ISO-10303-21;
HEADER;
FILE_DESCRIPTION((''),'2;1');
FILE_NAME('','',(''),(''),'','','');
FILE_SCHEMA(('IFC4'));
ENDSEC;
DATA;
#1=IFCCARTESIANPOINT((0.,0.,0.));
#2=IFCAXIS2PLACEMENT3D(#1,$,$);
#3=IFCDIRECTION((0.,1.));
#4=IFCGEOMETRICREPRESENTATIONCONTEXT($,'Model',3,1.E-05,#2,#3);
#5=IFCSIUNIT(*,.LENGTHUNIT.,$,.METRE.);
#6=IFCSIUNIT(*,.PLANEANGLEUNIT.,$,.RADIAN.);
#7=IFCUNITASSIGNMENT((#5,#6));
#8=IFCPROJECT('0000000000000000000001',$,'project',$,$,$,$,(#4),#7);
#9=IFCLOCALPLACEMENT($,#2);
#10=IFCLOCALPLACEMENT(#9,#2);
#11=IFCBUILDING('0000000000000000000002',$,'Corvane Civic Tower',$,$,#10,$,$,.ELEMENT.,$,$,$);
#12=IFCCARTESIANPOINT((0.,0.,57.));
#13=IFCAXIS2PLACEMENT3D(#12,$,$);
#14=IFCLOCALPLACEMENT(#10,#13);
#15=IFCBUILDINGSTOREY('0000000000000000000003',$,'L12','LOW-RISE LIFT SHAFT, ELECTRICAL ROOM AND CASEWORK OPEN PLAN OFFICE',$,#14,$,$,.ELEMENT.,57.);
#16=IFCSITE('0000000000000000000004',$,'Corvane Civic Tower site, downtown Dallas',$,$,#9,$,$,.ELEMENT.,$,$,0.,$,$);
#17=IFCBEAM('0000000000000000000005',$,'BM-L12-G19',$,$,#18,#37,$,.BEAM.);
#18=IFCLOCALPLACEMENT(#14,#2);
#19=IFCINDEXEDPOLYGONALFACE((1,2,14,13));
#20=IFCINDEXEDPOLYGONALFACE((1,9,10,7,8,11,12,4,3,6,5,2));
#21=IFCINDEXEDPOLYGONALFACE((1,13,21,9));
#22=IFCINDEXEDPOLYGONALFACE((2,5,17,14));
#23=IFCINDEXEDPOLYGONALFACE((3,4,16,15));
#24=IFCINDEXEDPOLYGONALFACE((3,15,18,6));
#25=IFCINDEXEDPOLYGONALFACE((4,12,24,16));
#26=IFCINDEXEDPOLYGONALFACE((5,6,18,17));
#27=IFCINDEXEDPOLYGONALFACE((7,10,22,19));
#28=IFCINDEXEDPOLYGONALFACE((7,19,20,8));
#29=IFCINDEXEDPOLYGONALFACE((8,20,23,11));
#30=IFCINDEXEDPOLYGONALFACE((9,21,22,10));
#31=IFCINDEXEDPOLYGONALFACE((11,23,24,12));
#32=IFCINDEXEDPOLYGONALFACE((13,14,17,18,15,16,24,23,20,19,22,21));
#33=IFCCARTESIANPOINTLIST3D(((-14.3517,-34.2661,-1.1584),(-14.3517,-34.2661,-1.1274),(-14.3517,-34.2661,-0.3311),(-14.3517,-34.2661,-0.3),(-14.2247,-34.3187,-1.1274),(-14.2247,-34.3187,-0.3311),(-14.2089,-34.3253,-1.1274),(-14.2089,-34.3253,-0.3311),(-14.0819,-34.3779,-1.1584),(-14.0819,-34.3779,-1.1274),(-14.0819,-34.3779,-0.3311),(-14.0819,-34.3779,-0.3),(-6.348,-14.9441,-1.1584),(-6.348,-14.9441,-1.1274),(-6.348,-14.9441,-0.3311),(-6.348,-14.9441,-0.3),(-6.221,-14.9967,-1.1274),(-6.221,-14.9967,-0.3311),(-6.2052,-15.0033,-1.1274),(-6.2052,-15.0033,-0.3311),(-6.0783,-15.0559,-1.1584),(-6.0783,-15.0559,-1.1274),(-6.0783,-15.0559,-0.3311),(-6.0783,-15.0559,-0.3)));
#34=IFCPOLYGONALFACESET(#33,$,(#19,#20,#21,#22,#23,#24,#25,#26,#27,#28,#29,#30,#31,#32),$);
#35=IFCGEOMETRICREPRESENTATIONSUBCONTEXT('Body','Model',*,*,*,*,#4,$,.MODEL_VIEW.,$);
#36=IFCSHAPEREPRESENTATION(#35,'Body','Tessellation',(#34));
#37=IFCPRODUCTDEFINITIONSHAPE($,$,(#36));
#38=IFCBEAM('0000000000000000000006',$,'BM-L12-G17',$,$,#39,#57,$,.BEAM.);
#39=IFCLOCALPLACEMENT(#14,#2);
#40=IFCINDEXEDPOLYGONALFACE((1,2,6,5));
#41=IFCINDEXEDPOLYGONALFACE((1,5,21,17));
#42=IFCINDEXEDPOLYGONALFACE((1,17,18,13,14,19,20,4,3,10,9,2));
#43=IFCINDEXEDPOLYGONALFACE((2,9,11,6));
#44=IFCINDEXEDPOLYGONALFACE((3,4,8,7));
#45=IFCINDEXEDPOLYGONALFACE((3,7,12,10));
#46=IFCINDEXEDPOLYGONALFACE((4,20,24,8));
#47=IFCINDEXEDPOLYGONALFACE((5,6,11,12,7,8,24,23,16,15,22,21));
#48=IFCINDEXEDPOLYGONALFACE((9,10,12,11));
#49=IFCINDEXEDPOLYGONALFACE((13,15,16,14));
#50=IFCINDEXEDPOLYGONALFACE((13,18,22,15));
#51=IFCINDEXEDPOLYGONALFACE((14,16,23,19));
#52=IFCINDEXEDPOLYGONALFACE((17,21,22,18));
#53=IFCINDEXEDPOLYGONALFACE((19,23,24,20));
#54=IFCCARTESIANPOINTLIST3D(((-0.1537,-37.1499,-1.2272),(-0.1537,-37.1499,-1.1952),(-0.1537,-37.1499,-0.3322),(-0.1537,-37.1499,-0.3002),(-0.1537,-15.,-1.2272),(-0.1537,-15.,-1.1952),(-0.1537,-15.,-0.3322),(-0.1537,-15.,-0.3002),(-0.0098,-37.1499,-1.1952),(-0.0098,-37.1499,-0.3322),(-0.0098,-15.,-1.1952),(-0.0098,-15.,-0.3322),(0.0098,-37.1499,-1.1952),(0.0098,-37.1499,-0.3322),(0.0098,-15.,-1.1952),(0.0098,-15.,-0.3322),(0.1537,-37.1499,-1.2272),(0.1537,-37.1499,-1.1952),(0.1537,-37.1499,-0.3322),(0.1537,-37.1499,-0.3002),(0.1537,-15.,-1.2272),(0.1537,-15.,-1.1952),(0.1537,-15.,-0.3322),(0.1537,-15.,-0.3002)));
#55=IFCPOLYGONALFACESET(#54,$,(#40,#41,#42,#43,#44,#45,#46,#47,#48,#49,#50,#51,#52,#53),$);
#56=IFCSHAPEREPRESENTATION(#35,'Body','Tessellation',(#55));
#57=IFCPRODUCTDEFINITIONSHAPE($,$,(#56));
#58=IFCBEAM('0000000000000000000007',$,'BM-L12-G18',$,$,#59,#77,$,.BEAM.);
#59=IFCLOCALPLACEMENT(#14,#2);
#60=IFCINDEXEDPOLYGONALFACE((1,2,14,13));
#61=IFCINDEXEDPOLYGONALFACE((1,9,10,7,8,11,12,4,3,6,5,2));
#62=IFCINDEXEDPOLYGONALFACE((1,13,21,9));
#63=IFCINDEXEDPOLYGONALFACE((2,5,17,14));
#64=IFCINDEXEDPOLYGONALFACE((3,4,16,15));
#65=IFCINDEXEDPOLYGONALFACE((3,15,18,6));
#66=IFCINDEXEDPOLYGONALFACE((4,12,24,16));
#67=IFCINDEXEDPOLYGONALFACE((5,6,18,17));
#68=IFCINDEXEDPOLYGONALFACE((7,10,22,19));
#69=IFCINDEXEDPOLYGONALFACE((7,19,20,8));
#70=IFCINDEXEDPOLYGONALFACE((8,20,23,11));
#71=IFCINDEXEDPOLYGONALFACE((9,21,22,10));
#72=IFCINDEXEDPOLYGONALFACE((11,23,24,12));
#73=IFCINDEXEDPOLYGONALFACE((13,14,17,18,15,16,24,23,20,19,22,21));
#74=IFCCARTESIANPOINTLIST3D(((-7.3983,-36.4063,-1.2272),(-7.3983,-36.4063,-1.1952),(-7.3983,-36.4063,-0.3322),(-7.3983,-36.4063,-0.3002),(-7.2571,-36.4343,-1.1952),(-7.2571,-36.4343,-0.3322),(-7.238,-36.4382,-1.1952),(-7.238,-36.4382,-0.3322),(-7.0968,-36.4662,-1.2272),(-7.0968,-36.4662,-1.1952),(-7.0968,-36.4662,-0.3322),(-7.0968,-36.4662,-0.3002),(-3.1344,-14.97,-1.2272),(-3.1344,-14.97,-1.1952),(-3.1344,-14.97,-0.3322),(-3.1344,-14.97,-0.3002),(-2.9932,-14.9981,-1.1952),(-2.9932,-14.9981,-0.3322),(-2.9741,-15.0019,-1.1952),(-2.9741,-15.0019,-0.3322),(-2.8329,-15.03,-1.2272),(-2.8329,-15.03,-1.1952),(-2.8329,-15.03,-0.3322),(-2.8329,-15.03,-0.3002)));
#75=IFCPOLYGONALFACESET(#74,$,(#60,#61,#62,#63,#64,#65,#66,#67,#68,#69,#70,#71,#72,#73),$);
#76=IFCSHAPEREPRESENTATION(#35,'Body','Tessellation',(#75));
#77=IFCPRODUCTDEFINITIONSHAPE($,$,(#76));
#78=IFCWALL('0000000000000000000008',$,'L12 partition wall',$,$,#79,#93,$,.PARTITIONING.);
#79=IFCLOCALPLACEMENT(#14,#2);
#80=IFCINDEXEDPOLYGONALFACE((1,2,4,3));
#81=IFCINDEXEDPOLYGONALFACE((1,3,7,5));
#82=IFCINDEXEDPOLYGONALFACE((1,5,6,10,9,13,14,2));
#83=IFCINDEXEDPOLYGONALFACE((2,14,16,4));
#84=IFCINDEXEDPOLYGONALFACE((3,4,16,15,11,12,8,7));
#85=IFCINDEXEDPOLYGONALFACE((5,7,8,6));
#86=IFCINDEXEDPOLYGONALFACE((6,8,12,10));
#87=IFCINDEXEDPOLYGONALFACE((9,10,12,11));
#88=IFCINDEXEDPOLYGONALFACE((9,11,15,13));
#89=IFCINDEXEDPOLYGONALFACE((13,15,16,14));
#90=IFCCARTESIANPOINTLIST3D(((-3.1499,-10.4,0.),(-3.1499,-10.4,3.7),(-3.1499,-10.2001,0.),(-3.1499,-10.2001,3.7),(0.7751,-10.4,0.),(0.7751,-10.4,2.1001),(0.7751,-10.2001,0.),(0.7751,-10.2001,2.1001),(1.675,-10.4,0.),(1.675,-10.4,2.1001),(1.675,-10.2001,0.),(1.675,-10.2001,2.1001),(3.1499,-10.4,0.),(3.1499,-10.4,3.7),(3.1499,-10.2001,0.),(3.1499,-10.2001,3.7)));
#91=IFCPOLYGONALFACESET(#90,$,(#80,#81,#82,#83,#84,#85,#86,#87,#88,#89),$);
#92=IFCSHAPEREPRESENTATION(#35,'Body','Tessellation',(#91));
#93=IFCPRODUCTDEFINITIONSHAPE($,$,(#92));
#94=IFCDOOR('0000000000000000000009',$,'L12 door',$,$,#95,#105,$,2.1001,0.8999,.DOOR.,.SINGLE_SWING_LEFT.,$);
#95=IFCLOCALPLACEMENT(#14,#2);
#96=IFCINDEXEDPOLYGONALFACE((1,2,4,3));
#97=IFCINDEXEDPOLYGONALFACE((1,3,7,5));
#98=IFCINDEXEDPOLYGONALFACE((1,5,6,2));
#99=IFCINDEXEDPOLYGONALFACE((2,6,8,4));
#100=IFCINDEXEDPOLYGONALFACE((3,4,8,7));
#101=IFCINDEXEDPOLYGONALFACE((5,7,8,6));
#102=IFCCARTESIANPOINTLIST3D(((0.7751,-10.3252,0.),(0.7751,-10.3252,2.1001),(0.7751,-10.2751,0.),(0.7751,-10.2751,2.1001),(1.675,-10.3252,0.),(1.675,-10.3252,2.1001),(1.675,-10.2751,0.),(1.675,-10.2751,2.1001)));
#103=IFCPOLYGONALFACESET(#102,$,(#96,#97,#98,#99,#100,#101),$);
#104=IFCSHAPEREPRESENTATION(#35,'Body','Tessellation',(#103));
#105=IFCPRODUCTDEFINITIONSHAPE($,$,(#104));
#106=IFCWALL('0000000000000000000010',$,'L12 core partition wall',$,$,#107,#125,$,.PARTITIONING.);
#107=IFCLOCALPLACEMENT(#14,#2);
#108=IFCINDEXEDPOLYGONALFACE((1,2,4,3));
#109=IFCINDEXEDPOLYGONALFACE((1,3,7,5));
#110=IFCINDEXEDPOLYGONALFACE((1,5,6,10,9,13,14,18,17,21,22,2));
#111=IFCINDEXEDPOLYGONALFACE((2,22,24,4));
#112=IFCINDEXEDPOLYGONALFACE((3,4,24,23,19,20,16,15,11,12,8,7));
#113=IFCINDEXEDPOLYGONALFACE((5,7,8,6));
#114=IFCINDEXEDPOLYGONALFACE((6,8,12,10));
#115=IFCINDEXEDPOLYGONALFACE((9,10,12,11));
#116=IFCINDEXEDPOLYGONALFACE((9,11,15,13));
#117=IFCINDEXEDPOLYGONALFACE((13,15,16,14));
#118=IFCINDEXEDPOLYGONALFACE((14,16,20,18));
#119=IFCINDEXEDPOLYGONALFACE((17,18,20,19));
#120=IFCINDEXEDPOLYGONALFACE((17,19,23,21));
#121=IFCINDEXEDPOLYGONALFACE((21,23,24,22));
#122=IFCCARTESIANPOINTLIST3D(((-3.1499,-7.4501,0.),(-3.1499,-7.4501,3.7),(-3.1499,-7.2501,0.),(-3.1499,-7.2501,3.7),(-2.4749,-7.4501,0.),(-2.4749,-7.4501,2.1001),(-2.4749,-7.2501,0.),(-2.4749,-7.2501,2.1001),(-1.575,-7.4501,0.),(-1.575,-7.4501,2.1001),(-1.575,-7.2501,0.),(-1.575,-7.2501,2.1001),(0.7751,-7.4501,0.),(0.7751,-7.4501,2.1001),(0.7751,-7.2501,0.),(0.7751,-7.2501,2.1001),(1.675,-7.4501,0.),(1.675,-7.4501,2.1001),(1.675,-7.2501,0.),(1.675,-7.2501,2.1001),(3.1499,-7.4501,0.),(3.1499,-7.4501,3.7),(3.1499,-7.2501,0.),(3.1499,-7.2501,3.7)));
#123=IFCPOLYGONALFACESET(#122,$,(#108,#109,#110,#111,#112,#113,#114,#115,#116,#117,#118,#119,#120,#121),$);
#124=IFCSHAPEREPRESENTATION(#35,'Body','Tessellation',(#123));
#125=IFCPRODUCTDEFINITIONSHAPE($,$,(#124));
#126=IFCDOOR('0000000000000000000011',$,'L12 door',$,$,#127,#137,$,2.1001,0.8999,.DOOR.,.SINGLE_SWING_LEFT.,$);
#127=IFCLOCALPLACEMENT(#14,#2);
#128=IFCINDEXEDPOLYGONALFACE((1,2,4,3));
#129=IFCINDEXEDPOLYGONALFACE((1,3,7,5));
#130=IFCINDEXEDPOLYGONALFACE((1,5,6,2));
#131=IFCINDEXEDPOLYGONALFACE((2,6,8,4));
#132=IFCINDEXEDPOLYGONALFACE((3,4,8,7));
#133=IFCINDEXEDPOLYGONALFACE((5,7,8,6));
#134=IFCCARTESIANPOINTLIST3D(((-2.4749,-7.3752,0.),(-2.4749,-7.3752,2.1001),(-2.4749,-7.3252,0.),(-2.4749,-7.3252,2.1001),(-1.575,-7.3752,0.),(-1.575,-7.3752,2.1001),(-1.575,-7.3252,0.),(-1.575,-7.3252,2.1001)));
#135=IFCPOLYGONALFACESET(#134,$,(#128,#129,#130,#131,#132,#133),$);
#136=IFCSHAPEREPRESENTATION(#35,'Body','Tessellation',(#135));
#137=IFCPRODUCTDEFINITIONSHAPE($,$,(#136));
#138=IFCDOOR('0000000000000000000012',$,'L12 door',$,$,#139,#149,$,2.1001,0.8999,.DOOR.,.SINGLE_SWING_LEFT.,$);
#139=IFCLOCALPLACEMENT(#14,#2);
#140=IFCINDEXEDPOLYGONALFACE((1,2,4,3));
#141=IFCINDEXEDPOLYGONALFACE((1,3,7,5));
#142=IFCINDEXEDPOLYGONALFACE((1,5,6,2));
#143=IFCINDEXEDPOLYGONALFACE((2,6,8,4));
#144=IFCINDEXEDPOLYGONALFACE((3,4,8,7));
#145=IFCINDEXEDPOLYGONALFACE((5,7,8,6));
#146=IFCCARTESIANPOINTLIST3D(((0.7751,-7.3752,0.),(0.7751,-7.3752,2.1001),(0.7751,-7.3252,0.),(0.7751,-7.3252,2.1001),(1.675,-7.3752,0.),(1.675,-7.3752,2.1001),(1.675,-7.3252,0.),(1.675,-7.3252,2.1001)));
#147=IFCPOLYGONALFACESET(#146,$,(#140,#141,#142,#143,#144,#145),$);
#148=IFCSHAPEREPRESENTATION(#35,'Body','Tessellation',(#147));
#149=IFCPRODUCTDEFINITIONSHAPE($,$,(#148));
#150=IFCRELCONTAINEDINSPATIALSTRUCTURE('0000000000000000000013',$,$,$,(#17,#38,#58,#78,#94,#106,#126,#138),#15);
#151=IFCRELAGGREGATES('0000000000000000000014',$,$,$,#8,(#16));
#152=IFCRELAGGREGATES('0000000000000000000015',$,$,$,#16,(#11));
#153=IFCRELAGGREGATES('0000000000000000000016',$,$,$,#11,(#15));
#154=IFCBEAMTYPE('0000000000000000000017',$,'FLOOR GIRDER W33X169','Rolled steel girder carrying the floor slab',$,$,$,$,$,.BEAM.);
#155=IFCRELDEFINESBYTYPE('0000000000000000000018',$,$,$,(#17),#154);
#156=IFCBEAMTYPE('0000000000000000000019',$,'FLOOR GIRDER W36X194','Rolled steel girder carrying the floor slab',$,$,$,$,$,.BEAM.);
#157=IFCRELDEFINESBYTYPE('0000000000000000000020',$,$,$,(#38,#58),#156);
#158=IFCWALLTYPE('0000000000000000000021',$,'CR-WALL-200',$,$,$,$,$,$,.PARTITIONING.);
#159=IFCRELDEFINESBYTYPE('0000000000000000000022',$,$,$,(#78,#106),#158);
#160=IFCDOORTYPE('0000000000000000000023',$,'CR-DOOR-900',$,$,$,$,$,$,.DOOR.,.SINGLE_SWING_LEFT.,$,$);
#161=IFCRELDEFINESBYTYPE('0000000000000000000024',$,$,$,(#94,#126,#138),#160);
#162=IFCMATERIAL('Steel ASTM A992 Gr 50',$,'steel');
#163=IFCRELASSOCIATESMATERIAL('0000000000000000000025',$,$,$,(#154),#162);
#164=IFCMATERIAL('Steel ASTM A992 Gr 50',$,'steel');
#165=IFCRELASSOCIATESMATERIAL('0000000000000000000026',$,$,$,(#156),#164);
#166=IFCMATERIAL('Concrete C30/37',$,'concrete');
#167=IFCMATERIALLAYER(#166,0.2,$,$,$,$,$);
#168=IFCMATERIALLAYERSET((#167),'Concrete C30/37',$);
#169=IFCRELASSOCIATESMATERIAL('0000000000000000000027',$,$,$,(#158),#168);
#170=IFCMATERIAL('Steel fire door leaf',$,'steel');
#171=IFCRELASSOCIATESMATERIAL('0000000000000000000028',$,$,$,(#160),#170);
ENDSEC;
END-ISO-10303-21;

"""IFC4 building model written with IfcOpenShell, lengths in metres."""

from ifc_helpers import new_model, si_unit, direction, frame, frame_2d, origin, origin_2d, place, context, subcontext, project, spatial, rectangle, i_section, extrude, material, layer, layer_set, material_profile, profile_set, type_object, element, fill, save


model = new_model("IFC4")

# Units and contexts
model_context = context("Model", 3, precision=1e-05, world=origin(), true_north=direction((0.0, 1.0)))
body_context = subcontext(model_context, "Body", "Model", "MODEL_VIEW")
ifc_project = project(units=[si_unit("LENGTHUNIT", "METRE"), si_unit("PLANEANGLEUNIT", "RADIAN")], contexts=[model_context])

# Site, building, storey
site_placement = place(None, origin())
site = spatial("IfcSite", under=ifc_project, at=site_placement, Name="Corvane Civic Tower site, downtown Dallas", CompositionType="ELEMENT", RefElevation=0.0)
building_placement = place(site_placement, origin())
building = spatial("IfcBuilding", under=site, at=building_placement, Name="Corvane Civic Tower", CompositionType="ELEMENT")
storey_placement = place(building_placement, frame((0.0, 0.0, 57.0)))
storey = spatial("IfcBuildingStorey", under=building, at=storey_placement, Name="L12", Description="LOW-RISE LIFT SHAFT, ELECTRICAL ROOM AND CASEWORK OPEN PLAN OFFICE", CompositionType="ELEMENT", Elevation=57.0)

# Beams
ifc_material_1 = material(Name="Steel ASTM A992 Gr 50", Category="steel")
ifc_material_profile_1 = material_profile(ifc_material_1, i_section(OverallWidth=0.292, OverallDepth=0.8584, WebThickness=0.0171, FlangeThickness=0.031, at=origin_2d()), Name="W33X169")
ifc_profile_set_1 = profile_set([ifc_material_profile_1], Name="Steel ASTM A992 Gr 50")
beam_type_1 = type_object("IfcBeamType", Name="FLOOR GIRDER W33X169", Description="Rolled steel girder carrying the floor slab", PredefinedType="BEAM", material=ifc_profile_set_1)
beam_1_placement = place(storey_placement, frame((-6.2131, -15.0, -0.7292), z_axis=(-0.382692, -0.923876, 0.0), x_axis=(0.923876, -0.382692, 0.0)))
element("IfcBeam", 1, at=beam_1_placement, inside=storey, type_object=beam_type_1, Name="BM-L12-G19", PredefinedType="BEAM", context=body_context, shape_type="SweptSolid", body=[
    extrude(i_section(OverallWidth=0.292, OverallDepth=0.8584, WebThickness=0.0171, FlangeThickness=0.031, at=origin_2d()), origin(), (0.0, 0.0, 1.0), 20.9141),
])
ifc_material_2 = material(Name="Steel ASTM A992 Gr 50", Category="steel")
ifc_material_profile_2 = material_profile(ifc_material_2, i_section(OverallWidth=0.3074, OverallDepth=0.927, WebThickness=0.0195, FlangeThickness=0.032, at=origin_2d()), Name="W36X194")
ifc_profile_set_2 = profile_set([ifc_material_profile_2], Name="Steel ASTM A992 Gr 50")
beam_type_2 = type_object("IfcBeamType", Name="FLOOR GIRDER W36X194", Description="Rolled steel girder carrying the floor slab", PredefinedType="BEAM", material=ifc_profile_set_2)
beam_2_placement = place(storey_placement, frame((0.0, -15.0, -0.7637), z_axis=(0.0, -1.0, 0.0), x_axis=(1.0, 0.0, 0.0)))
element("IfcBeam", 2, at=beam_2_placement, inside=storey, type_object=beam_type_2, Name="BM-L12-G17", PredefinedType="BEAM", context=body_context, shape_type="SweptSolid", body=[
    extrude(i_section(OverallWidth=0.3074, OverallDepth=0.927, WebThickness=0.0195, FlangeThickness=0.032, at=origin_2d()), origin(), (0.0, 0.0, 1.0), 22.1499),
])
beam_3_placement = place(storey_placement, frame((-2.9836, -15.0, -0.7637), z_axis=(-0.195089, -0.980785, 0.0), x_axis=(0.980785, -0.195089, 0.0)))
element("IfcBeam", 3, at=beam_3_placement, inside=storey, type_object=beam_type_2, Name="BM-L12-G18", PredefinedType="BEAM", context=body_context, shape_type="SweptSolid", body=[
    extrude(i_section(OverallWidth=0.3074, OverallDepth=0.927, WebThickness=0.0195, FlangeThickness=0.032, at=origin_2d()), origin(), (0.0, 0.0, 1.0), 21.8562),
])

# Wall, opening, door
ifc_material_3 = material(Name="Concrete C30/37", Category="concrete")
ifc_layer_1 = layer(ifc_material_3, 0.2)
ifc_layer_set_1 = layer_set([ifc_layer_1], Name="Concrete C30/37")
wall_type = type_object("IfcWallType", Name="CR-WALL-200", PredefinedType="PARTITIONING", material=ifc_layer_set_1)
wall_1_placement = place(storey_placement, frame((-3.1499, -10.3, 0.0), z_axis=(0.0, 0.0, 1.0), x_axis=(1.0, 0.0, 0.0)))
wall_1 = element("IfcWall", 4, at=wall_1_placement, inside=storey, type_object=wall_type, Name="L12 partition wall", PredefinedType="PARTITIONING", context=body_context, shape_type="SweptSolid", body=[
    extrude(rectangle(XDim=6.2998, YDim=0.2, at=frame_2d((3.1499, 0.0))), origin(), (0.0, 0.0, 1.0), 3.7),
])
opening_1_placement = place(wall_1_placement, frame((3.925, 0.0, 0.0)))
opening_1 = element("IfcOpeningElement", 5, at=opening_1_placement, cuts=wall_1, PredefinedType="OPENING", context=body_context, shape_type="SweptSolid", body=[
    extrude(rectangle(XDim=0.8999, YDim=2.1001, at=frame_2d((0.45, 1.05))), frame((0.0, 0.1099, 0.0), z_axis=(0.0, -1.0, 0.0), x_axis=(1.0, 0.0, 0.0)), (0.0, 0.0, 1.0), 0.22),
])
ifc_material_4 = material(Name="Steel fire door leaf", Category="steel")
door_type_1 = type_object("IfcDoorType", Name="CR-DOOR-900", OperationType="SINGLE_SWING_LEFT", PredefinedType="DOOR", material=ifc_material_4)
door_1_placement = place(opening_1_placement, origin())
door_1 = element("IfcDoor", 6, at=door_1_placement, inside=storey, type_object=door_type_1, Name="L12 door", OperationType="SINGLE_SWING_LEFT", OverallHeight=2.1001, OverallWidth=0.8999, PredefinedType="DOOR", context=body_context, shape_type="SweptSolid", body=[
    extrude(rectangle(XDim=0.8999, YDim=2.1001, at=frame_2d((0.45, 1.05))), frame((0.0, 0.0249, 0.0), z_axis=(0.0, -1.0, 0.0), x_axis=(1.0, 0.0, 0.0)), (0.0, 0.0, 1.0), 0.05),
])
fill(opening_1, door_1)

# Wall, openings, doors
wall_2_placement = place(storey_placement, frame((-3.1499, -7.3501, 0.0), z_axis=(0.0, 0.0, 1.0), x_axis=(1.0, 0.0, 0.0)))
wall_2 = element("IfcWall", 7, at=wall_2_placement, inside=storey, type_object=wall_type, Name="L12 core partition wall", PredefinedType="PARTITIONING", context=body_context, shape_type="SweptSolid", body=[
    extrude(rectangle(XDim=6.2998, YDim=0.2, at=frame_2d((3.1499, 0.0))), origin(), (0.0, 0.0, 1.0), 3.7),
])
opening_2_placement = place(wall_2_placement, frame((0.675, 0.0, 0.0)))
opening_2 = element("IfcOpeningElement", 8, at=opening_2_placement, cuts=wall_2, PredefinedType="OPENING", context=body_context, shape_type="SweptSolid", body=[
    extrude(rectangle(XDim=0.8999, YDim=2.1001, at=frame_2d((0.45, 1.05))), frame((0.0, 0.1099, 0.0), z_axis=(0.0, -1.0, 0.0), x_axis=(1.0, 0.0, 0.0)), (0.0, 0.0, 1.0), 0.22),
])
opening_3_placement = place(wall_2_placement, frame((3.925, 0.0, 0.0)))
opening_3 = element("IfcOpeningElement", 9, at=opening_3_placement, cuts=wall_2, PredefinedType="OPENING", context=body_context, shape_type="SweptSolid", body=[
    extrude(rectangle(XDim=0.8999, YDim=2.1001, at=frame_2d((0.45, 1.05))), frame((0.0, 0.1099, 0.0), z_axis=(0.0, -1.0, 0.0), x_axis=(1.0, 0.0, 0.0)), (0.0, 0.0, 1.0), 0.22),
])
door_2_placement = place(opening_2_placement, origin())
door_2 = element("IfcDoor", 10, at=door_2_placement, inside=storey, type_object=door_type_1, Name="L12 door", OperationType="SINGLE_SWING_LEFT", OverallHeight=2.1001, OverallWidth=0.8999, PredefinedType="DOOR", context=body_context, shape_type="SweptSolid", body=[
    extrude(rectangle(XDim=0.8999, YDim=2.1001, at=frame_2d((0.45, 1.05))), frame((0.0, 0.0249, 0.0), z_axis=(0.0, -1.0, 0.0), x_axis=(1.0, 0.0, 0.0)), (0.0, 0.0, 1.0), 0.05),
])
fill(opening_2, door_2)
door_3_placement = place(opening_3_placement, origin())
door_3 = element("IfcDoor", 11, at=door_3_placement, inside=storey, type_object=door_type_1, Name="L12 door", OperationType="SINGLE_SWING_LEFT", OverallHeight=2.1001, OverallWidth=0.8999, PredefinedType="DOOR", context=body_context, shape_type="SweptSolid", body=[
    extrude(rectangle(XDim=0.8999, YDim=2.1001, at=frame_2d((0.45, 1.05))), frame((0.0, 0.0249, 0.0), z_axis=(0.0, -1.0, 0.0), x_axis=(1.0, 0.0, 0.0)), (0.0, 0.0, 1.0), 0.05),
])
fill(opening_3, door_3)

save(model, "model.ifc")
